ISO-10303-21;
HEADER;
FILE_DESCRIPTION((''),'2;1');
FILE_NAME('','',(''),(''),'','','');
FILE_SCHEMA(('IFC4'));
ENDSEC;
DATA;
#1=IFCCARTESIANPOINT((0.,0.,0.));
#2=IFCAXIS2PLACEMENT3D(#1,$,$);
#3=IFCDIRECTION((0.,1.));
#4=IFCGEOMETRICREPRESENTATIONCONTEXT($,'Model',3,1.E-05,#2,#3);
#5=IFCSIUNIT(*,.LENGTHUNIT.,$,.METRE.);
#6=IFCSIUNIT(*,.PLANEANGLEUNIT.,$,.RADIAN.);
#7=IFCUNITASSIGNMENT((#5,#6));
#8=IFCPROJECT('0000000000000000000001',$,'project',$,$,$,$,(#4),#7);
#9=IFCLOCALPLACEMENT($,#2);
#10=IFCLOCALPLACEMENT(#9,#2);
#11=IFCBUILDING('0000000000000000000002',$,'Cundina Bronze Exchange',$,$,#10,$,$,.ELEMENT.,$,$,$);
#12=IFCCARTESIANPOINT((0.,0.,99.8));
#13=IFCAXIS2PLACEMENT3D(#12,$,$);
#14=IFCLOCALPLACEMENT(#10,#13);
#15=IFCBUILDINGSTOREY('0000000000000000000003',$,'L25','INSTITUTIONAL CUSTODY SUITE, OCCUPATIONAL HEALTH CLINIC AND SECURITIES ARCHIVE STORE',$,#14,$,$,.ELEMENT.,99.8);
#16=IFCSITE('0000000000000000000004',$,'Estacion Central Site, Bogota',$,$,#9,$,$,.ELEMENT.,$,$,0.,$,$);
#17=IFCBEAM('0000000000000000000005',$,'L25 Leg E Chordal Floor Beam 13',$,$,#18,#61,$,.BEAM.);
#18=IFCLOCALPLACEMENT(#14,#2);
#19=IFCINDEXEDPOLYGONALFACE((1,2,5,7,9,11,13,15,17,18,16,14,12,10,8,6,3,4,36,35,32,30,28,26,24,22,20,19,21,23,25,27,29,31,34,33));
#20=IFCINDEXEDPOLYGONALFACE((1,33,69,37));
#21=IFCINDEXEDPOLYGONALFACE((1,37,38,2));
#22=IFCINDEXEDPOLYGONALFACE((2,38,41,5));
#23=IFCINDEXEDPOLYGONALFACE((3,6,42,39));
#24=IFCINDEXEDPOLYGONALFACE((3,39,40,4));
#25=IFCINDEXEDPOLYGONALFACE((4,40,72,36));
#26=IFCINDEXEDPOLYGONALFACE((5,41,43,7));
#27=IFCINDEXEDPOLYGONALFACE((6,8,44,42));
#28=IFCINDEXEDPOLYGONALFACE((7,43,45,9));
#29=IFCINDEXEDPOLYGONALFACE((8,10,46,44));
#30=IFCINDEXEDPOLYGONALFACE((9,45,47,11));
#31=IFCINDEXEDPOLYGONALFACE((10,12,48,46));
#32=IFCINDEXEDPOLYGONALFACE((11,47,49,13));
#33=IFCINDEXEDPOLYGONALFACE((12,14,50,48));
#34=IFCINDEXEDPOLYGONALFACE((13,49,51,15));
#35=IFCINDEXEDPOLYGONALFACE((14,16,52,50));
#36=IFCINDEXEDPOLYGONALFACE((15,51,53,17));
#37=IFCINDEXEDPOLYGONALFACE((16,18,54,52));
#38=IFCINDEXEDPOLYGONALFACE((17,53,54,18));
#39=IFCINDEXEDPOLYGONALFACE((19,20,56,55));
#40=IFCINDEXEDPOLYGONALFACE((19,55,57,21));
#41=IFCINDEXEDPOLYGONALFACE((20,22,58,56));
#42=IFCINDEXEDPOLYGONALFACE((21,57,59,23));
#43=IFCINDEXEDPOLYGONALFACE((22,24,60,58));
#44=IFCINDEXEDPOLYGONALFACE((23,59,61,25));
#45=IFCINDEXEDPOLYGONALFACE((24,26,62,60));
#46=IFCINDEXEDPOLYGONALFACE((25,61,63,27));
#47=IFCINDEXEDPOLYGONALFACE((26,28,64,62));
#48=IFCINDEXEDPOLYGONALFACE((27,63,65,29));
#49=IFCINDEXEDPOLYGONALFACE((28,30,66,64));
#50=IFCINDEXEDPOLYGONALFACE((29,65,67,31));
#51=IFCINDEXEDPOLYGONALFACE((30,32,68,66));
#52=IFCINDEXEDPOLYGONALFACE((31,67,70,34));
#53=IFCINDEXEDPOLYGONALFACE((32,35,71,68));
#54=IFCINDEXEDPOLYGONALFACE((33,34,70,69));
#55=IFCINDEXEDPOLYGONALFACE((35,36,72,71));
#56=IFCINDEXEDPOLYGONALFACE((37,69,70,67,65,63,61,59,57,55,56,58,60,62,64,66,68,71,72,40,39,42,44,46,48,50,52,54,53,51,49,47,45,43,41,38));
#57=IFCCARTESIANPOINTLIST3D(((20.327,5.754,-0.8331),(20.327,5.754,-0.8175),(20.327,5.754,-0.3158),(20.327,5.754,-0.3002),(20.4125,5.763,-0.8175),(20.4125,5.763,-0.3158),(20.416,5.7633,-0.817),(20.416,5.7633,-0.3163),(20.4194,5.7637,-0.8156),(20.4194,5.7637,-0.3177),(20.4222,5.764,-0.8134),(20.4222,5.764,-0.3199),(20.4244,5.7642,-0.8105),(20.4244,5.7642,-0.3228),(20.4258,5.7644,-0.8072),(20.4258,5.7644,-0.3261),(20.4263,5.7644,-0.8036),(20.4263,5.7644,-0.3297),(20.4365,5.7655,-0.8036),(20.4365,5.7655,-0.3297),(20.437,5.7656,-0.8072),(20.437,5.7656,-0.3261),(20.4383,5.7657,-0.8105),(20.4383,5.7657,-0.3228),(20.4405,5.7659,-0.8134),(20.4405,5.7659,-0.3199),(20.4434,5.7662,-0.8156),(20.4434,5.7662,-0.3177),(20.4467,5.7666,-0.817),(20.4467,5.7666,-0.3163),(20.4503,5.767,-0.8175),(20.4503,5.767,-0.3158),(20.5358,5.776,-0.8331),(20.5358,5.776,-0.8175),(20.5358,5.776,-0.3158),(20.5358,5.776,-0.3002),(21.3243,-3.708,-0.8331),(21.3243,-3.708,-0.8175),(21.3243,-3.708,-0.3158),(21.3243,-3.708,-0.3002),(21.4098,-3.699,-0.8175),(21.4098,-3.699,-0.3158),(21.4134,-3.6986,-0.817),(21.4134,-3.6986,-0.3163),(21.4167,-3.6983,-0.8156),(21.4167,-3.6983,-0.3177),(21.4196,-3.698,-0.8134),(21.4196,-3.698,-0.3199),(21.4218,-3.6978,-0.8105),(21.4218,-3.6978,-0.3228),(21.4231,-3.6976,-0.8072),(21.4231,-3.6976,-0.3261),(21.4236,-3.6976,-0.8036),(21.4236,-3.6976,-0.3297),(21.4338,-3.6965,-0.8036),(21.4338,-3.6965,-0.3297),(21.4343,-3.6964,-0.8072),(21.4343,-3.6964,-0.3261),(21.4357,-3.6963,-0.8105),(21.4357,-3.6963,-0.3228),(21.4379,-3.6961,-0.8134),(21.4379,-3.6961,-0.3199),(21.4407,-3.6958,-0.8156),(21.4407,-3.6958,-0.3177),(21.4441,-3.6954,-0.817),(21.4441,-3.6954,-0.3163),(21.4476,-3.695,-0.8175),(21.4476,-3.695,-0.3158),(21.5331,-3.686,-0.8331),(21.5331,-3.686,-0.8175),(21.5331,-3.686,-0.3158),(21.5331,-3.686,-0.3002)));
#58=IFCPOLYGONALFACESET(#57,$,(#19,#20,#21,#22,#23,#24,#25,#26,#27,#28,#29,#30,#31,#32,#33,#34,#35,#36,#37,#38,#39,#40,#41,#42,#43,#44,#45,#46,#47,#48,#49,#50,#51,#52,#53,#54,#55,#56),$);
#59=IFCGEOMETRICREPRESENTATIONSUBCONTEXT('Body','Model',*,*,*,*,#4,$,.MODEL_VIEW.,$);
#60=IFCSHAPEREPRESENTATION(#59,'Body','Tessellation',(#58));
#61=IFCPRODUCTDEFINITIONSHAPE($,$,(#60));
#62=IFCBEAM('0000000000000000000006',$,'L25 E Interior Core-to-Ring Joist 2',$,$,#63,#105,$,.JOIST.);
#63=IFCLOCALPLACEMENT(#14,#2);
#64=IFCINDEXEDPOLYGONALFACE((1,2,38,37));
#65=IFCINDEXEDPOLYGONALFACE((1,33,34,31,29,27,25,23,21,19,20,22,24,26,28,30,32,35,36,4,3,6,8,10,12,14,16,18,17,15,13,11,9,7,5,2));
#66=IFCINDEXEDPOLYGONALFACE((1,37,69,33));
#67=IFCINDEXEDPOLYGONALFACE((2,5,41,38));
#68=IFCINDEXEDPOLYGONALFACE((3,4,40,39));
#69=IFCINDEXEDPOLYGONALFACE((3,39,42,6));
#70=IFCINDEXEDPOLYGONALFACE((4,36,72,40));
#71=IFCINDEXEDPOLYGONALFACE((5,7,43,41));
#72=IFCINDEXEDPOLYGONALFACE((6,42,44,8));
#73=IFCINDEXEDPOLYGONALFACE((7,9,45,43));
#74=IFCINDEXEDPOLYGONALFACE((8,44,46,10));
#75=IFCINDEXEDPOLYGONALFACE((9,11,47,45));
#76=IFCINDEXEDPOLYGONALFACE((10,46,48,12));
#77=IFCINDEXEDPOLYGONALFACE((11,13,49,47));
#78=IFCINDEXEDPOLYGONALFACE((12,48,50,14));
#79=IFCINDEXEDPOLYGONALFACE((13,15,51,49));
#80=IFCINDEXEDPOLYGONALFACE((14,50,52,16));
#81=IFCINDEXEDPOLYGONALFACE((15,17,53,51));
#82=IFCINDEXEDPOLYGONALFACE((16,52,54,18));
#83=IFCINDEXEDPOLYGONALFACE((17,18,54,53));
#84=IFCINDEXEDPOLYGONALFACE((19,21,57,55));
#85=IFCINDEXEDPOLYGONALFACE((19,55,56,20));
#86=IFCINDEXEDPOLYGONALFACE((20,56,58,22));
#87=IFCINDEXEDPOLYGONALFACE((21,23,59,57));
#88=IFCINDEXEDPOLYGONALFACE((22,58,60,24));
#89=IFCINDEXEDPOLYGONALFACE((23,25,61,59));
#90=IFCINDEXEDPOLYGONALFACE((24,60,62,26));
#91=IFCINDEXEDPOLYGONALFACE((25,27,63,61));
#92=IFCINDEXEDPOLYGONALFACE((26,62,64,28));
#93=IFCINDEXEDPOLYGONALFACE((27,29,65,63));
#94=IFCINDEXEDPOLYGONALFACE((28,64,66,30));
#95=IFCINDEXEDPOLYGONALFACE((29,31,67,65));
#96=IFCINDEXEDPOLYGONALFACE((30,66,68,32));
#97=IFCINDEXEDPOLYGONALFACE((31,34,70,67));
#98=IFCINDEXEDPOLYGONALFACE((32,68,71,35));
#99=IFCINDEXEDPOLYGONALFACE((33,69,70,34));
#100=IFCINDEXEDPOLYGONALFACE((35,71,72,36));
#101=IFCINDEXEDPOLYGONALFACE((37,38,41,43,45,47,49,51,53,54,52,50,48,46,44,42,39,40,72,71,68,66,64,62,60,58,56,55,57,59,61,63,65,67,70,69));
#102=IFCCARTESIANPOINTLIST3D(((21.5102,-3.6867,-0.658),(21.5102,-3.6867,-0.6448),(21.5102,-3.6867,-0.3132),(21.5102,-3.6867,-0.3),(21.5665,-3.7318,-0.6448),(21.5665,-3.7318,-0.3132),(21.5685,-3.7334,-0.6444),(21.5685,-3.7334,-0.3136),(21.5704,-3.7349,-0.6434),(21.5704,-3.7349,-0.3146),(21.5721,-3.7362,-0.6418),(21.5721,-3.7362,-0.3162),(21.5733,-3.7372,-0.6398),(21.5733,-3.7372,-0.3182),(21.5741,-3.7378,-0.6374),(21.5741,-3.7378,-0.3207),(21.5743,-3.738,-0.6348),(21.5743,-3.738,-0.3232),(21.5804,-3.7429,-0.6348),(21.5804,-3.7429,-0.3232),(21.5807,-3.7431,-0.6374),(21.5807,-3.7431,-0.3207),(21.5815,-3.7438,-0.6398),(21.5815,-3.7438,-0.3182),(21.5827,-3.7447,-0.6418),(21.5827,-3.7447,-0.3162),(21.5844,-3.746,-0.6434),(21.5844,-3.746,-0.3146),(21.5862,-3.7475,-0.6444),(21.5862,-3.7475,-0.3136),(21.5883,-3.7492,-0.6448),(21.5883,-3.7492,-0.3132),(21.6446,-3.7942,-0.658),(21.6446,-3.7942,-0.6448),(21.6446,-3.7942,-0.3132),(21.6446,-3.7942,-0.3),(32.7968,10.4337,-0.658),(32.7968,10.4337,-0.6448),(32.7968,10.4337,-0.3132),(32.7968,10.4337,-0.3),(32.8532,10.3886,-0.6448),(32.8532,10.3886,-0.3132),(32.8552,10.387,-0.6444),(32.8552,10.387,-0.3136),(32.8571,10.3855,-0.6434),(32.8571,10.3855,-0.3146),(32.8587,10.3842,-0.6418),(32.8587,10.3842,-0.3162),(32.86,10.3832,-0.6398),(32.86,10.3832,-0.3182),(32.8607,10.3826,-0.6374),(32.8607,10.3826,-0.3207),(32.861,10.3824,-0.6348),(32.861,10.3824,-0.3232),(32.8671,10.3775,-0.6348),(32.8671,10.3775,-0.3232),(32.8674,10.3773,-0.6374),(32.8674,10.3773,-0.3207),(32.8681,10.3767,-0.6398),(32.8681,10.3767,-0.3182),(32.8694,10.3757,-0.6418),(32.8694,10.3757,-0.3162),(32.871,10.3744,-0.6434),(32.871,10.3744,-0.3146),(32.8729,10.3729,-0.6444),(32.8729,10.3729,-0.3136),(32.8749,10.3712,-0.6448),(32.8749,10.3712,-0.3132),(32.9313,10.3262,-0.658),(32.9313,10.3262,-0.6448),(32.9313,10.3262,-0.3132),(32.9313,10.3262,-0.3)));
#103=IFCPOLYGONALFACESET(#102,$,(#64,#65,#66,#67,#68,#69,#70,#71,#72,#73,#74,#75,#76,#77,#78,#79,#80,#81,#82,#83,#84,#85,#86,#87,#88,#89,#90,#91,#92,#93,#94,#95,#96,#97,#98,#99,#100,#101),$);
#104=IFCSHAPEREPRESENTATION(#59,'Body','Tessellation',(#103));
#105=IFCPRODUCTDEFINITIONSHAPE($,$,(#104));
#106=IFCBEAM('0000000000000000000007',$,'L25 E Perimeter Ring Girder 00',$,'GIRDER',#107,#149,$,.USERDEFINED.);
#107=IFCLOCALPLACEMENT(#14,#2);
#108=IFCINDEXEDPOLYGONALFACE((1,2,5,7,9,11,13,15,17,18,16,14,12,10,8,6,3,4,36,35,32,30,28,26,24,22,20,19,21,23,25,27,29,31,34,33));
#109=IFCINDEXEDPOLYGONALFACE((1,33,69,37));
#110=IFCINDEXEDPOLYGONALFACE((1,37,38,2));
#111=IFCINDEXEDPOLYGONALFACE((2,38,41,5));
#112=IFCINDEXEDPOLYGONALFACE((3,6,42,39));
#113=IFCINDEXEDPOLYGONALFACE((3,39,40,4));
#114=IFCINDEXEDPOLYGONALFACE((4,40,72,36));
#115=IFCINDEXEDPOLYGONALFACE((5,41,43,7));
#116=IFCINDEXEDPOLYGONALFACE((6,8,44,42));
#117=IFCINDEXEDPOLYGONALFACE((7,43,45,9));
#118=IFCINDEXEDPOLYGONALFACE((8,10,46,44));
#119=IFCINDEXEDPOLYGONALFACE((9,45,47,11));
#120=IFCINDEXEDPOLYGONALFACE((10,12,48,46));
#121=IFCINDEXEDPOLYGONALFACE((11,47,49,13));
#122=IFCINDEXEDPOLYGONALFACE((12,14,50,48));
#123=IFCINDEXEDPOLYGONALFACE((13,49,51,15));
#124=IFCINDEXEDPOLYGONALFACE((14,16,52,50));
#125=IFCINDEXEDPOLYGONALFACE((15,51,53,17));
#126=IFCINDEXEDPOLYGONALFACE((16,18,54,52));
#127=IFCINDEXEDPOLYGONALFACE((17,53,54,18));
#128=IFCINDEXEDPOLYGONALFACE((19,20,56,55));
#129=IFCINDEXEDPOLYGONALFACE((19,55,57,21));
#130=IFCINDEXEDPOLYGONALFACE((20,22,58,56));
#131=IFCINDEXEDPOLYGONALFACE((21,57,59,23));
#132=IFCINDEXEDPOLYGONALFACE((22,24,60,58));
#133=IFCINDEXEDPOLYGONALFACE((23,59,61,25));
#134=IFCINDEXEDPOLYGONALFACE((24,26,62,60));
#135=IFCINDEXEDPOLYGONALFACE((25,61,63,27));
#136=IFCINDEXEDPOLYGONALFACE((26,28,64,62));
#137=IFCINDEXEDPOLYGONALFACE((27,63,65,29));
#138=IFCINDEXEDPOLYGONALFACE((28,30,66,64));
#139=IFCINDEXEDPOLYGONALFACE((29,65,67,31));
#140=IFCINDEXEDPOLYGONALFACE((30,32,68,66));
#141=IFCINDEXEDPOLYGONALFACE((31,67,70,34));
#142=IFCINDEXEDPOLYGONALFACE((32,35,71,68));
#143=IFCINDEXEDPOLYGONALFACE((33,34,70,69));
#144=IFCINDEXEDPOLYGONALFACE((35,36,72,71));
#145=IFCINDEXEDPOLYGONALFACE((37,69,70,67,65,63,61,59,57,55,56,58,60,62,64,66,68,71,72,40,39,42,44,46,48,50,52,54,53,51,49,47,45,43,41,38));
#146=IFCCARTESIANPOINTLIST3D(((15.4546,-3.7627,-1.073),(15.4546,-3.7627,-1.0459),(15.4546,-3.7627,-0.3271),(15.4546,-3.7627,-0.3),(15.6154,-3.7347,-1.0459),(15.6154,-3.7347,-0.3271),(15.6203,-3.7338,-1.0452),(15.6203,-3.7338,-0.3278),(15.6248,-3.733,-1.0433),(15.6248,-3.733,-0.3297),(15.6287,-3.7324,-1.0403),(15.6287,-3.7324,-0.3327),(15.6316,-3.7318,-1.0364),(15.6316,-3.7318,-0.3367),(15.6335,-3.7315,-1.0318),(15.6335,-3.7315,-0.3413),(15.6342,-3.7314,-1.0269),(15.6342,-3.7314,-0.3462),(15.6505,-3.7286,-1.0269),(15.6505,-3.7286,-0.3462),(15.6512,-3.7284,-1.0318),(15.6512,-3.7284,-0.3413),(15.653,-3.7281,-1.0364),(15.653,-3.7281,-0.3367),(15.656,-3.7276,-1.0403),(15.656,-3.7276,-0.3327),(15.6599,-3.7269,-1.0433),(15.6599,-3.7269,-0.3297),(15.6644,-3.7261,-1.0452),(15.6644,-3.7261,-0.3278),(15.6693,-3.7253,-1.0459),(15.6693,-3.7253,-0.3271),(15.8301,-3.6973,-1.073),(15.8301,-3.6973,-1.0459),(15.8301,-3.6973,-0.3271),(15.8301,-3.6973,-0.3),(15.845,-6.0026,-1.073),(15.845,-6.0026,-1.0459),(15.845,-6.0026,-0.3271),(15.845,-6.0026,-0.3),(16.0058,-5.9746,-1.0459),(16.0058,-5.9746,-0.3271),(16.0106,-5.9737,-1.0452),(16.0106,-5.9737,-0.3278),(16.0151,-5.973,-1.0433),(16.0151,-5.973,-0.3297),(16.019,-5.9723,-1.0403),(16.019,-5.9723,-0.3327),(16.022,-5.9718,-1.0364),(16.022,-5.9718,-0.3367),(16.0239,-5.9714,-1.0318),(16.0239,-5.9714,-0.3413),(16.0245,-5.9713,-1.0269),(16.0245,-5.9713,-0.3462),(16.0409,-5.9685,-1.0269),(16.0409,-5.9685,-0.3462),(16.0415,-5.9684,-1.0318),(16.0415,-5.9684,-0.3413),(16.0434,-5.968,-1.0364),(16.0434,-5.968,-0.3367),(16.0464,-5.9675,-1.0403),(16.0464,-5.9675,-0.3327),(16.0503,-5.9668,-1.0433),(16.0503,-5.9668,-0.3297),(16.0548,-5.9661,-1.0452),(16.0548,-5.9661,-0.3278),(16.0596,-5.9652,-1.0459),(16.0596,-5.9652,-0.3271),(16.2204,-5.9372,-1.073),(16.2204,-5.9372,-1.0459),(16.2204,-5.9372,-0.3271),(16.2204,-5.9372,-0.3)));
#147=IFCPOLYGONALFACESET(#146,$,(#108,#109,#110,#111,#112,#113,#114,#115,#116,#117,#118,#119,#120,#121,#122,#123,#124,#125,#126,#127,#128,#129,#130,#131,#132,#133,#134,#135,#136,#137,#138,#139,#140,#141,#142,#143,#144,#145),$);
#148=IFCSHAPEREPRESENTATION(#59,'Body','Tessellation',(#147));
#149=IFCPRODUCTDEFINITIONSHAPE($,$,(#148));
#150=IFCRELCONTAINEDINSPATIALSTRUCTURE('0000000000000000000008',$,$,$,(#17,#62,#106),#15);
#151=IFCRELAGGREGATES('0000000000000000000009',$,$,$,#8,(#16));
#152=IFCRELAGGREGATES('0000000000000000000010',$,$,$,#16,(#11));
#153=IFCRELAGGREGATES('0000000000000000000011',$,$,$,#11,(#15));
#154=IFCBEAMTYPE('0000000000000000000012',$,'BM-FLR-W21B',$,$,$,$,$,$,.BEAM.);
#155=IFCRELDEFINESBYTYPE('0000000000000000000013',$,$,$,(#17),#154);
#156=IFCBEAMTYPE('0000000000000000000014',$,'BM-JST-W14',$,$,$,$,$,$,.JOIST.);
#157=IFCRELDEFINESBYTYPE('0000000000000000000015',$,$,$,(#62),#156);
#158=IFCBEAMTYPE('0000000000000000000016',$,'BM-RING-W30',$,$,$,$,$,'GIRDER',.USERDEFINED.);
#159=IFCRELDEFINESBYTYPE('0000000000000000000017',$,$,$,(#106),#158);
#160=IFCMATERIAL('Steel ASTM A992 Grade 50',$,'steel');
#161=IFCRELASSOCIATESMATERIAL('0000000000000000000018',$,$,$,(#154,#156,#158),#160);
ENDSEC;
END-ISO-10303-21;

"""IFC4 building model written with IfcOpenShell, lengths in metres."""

from ifc_helpers import new_model, si_unit, direction, frame, origin, origin_2d, place, context, subcontext, project, spatial, i_section, extrude, material, material_profile, profile_set, type_object, element, save


model = new_model("IFC4")

# Units and contexts
model_context = context("Model", 3, precision=1e-05, world=origin(), true_north=direction((0.0, 1.0)))
body_context = subcontext(model_context, "Body", "Model", "MODEL_VIEW")
ifc_project = project(units=[si_unit("LENGTHUNIT", "METRE"), si_unit("PLANEANGLEUNIT", "RADIAN")], contexts=[model_context])

# Site, building, storey
site_placement = place(None, origin())
site = spatial("IfcSite", under=ifc_project, at=site_placement, Name="Estacion Central Site, Bogota", CompositionType="ELEMENT", RefElevation=0.0)
building_placement = place(site_placement, origin())
building = spatial("IfcBuilding", under=site, at=building_placement, Name="Cundina Bronze Exchange", CompositionType="ELEMENT")
storey_placement = place(building_placement, frame((0.0, 0.0, 99.8)))
storey = spatial("IfcBuildingStorey", under=building, at=storey_placement, Name="L25", Description="INSTITUTIONAL CUSTODY SUITE, OCCUPATIONAL HEALTH CLINIC AND SECURITIES ARCHIVE STORE", CompositionType="ELEMENT", Elevation=99.8)

# Shared definitions
ifc_material_1 = material(Name="Steel ASTM A992 Grade 50", Category="steel")

# Beams
ifc_material_profile_1 = material_profile(ifc_material_1, i_section(OverallWidth=0.21, OverallDepth=0.533, WebThickness=0.0103, FlangeThickness=0.0156, FilletRadius=0.0139, at=origin_2d()), Name="W21X62", Category="steel")
ifc_profile_set_1 = profile_set([ifc_material_profile_1], Name="Steel ASTM A992 Grade 50")
beam_type_1 = type_object("IfcBeamType", Name="BM-FLR-W21B", PredefinedType="BEAM", material=ifc_profile_set_1)
beam_1_placement = place(storey_placement, frame((21.4287, -3.697, -0.5667), z_axis=(-0.104822, 0.994491, 0.0), x_axis=(-0.994491, -0.104822, 0.0)))
element("IfcBeam", 1, at=beam_1_placement, inside=storey, type_object=beam_type_1, Name="L25 Leg E Chordal Floor Beam 13", PredefinedType="BEAM", context=body_context, shape_type="SweptSolid", body=[
    extrude(i_section(OverallWidth=0.21, OverallDepth=0.533, WebThickness=0.0103, FlangeThickness=0.0156, FilletRadius=0.0139, at=origin_2d()), origin(), (0.0, 0.0, 1.0), 9.5144),
])
ifc_material_profile_2 = material_profile(ifc_material_1, i_section(OverallWidth=0.1721, OverallDepth=0.3579, WebThickness=0.0078, FlangeThickness=0.0132, FilletRadius=0.01, at=origin_2d()), Name="W14X38", Category="steel")
ifc_profile_set_2 = profile_set([ifc_material_profile_2], Name="Steel ASTM A992 Grade 50")
beam_type_2 = type_object("IfcBeamType", Name="BM-JST-W14", PredefinedType="JOIST", material=ifc_profile_set_2)
beam_2_placement = place(storey_placement, frame((21.5774, -3.7405, -0.479), z_axis=(0.624369, 0.78113, 0.0), x_axis=(-0.78113, 0.624369, 0.0)))
element("IfcBeam", 2, at=beam_2_placement, inside=storey, type_object=beam_type_2, Name="L25 E Interior Core-to-Ring Joist 2", PredefinedType="JOIST", context=body_context, shape_type="SweptSolid", body=[
    extrude(i_section(OverallWidth=0.1721, OverallDepth=0.3579, WebThickness=0.0078, FlangeThickness=0.0132, FilletRadius=0.01, at=origin_2d()), origin(), (0.0, 0.0, 1.0), 18.0769),
])
ifc_material_profile_3 = material_profile(ifc_material_1, i_section(OverallWidth=0.3811, OverallDepth=0.7729, WebThickness=0.0166, FlangeThickness=0.0271, FilletRadius=0.019, at=origin_2d()), Name="W30X173", Category="steel")
ifc_profile_set_3 = profile_set([ifc_material_profile_3], Name="Steel ASTM A992 Grade 50")
beam_type_3 = type_object("IfcBeamType", Name="BM-RING-W30", ElementType="GIRDER", PredefinedType="USERDEFINED", material=ifc_profile_set_3)
beam_3_placement = place(storey_placement, frame((15.6423, -3.73, -0.6865), z_axis=(0.17169, -0.985151, 0.0), x_axis=(0.985151, 0.17169, 0.0)))
element("IfcBeam", 3, at=beam_3_placement, inside=storey, type_object=beam_type_3, Name="L25 E Perimeter Ring Girder 00", ObjectType="GIRDER", PredefinedType="USERDEFINED", context=body_context, shape_type="SweptSolid", body=[
    extrude(i_section(OverallWidth=0.3811, OverallDepth=0.7729, WebThickness=0.0166, FlangeThickness=0.0271, FilletRadius=0.019, at=origin_2d()), origin(), (0.0, 0.0, 1.0), 2.2737),
])

save(model, "model.ifc")
